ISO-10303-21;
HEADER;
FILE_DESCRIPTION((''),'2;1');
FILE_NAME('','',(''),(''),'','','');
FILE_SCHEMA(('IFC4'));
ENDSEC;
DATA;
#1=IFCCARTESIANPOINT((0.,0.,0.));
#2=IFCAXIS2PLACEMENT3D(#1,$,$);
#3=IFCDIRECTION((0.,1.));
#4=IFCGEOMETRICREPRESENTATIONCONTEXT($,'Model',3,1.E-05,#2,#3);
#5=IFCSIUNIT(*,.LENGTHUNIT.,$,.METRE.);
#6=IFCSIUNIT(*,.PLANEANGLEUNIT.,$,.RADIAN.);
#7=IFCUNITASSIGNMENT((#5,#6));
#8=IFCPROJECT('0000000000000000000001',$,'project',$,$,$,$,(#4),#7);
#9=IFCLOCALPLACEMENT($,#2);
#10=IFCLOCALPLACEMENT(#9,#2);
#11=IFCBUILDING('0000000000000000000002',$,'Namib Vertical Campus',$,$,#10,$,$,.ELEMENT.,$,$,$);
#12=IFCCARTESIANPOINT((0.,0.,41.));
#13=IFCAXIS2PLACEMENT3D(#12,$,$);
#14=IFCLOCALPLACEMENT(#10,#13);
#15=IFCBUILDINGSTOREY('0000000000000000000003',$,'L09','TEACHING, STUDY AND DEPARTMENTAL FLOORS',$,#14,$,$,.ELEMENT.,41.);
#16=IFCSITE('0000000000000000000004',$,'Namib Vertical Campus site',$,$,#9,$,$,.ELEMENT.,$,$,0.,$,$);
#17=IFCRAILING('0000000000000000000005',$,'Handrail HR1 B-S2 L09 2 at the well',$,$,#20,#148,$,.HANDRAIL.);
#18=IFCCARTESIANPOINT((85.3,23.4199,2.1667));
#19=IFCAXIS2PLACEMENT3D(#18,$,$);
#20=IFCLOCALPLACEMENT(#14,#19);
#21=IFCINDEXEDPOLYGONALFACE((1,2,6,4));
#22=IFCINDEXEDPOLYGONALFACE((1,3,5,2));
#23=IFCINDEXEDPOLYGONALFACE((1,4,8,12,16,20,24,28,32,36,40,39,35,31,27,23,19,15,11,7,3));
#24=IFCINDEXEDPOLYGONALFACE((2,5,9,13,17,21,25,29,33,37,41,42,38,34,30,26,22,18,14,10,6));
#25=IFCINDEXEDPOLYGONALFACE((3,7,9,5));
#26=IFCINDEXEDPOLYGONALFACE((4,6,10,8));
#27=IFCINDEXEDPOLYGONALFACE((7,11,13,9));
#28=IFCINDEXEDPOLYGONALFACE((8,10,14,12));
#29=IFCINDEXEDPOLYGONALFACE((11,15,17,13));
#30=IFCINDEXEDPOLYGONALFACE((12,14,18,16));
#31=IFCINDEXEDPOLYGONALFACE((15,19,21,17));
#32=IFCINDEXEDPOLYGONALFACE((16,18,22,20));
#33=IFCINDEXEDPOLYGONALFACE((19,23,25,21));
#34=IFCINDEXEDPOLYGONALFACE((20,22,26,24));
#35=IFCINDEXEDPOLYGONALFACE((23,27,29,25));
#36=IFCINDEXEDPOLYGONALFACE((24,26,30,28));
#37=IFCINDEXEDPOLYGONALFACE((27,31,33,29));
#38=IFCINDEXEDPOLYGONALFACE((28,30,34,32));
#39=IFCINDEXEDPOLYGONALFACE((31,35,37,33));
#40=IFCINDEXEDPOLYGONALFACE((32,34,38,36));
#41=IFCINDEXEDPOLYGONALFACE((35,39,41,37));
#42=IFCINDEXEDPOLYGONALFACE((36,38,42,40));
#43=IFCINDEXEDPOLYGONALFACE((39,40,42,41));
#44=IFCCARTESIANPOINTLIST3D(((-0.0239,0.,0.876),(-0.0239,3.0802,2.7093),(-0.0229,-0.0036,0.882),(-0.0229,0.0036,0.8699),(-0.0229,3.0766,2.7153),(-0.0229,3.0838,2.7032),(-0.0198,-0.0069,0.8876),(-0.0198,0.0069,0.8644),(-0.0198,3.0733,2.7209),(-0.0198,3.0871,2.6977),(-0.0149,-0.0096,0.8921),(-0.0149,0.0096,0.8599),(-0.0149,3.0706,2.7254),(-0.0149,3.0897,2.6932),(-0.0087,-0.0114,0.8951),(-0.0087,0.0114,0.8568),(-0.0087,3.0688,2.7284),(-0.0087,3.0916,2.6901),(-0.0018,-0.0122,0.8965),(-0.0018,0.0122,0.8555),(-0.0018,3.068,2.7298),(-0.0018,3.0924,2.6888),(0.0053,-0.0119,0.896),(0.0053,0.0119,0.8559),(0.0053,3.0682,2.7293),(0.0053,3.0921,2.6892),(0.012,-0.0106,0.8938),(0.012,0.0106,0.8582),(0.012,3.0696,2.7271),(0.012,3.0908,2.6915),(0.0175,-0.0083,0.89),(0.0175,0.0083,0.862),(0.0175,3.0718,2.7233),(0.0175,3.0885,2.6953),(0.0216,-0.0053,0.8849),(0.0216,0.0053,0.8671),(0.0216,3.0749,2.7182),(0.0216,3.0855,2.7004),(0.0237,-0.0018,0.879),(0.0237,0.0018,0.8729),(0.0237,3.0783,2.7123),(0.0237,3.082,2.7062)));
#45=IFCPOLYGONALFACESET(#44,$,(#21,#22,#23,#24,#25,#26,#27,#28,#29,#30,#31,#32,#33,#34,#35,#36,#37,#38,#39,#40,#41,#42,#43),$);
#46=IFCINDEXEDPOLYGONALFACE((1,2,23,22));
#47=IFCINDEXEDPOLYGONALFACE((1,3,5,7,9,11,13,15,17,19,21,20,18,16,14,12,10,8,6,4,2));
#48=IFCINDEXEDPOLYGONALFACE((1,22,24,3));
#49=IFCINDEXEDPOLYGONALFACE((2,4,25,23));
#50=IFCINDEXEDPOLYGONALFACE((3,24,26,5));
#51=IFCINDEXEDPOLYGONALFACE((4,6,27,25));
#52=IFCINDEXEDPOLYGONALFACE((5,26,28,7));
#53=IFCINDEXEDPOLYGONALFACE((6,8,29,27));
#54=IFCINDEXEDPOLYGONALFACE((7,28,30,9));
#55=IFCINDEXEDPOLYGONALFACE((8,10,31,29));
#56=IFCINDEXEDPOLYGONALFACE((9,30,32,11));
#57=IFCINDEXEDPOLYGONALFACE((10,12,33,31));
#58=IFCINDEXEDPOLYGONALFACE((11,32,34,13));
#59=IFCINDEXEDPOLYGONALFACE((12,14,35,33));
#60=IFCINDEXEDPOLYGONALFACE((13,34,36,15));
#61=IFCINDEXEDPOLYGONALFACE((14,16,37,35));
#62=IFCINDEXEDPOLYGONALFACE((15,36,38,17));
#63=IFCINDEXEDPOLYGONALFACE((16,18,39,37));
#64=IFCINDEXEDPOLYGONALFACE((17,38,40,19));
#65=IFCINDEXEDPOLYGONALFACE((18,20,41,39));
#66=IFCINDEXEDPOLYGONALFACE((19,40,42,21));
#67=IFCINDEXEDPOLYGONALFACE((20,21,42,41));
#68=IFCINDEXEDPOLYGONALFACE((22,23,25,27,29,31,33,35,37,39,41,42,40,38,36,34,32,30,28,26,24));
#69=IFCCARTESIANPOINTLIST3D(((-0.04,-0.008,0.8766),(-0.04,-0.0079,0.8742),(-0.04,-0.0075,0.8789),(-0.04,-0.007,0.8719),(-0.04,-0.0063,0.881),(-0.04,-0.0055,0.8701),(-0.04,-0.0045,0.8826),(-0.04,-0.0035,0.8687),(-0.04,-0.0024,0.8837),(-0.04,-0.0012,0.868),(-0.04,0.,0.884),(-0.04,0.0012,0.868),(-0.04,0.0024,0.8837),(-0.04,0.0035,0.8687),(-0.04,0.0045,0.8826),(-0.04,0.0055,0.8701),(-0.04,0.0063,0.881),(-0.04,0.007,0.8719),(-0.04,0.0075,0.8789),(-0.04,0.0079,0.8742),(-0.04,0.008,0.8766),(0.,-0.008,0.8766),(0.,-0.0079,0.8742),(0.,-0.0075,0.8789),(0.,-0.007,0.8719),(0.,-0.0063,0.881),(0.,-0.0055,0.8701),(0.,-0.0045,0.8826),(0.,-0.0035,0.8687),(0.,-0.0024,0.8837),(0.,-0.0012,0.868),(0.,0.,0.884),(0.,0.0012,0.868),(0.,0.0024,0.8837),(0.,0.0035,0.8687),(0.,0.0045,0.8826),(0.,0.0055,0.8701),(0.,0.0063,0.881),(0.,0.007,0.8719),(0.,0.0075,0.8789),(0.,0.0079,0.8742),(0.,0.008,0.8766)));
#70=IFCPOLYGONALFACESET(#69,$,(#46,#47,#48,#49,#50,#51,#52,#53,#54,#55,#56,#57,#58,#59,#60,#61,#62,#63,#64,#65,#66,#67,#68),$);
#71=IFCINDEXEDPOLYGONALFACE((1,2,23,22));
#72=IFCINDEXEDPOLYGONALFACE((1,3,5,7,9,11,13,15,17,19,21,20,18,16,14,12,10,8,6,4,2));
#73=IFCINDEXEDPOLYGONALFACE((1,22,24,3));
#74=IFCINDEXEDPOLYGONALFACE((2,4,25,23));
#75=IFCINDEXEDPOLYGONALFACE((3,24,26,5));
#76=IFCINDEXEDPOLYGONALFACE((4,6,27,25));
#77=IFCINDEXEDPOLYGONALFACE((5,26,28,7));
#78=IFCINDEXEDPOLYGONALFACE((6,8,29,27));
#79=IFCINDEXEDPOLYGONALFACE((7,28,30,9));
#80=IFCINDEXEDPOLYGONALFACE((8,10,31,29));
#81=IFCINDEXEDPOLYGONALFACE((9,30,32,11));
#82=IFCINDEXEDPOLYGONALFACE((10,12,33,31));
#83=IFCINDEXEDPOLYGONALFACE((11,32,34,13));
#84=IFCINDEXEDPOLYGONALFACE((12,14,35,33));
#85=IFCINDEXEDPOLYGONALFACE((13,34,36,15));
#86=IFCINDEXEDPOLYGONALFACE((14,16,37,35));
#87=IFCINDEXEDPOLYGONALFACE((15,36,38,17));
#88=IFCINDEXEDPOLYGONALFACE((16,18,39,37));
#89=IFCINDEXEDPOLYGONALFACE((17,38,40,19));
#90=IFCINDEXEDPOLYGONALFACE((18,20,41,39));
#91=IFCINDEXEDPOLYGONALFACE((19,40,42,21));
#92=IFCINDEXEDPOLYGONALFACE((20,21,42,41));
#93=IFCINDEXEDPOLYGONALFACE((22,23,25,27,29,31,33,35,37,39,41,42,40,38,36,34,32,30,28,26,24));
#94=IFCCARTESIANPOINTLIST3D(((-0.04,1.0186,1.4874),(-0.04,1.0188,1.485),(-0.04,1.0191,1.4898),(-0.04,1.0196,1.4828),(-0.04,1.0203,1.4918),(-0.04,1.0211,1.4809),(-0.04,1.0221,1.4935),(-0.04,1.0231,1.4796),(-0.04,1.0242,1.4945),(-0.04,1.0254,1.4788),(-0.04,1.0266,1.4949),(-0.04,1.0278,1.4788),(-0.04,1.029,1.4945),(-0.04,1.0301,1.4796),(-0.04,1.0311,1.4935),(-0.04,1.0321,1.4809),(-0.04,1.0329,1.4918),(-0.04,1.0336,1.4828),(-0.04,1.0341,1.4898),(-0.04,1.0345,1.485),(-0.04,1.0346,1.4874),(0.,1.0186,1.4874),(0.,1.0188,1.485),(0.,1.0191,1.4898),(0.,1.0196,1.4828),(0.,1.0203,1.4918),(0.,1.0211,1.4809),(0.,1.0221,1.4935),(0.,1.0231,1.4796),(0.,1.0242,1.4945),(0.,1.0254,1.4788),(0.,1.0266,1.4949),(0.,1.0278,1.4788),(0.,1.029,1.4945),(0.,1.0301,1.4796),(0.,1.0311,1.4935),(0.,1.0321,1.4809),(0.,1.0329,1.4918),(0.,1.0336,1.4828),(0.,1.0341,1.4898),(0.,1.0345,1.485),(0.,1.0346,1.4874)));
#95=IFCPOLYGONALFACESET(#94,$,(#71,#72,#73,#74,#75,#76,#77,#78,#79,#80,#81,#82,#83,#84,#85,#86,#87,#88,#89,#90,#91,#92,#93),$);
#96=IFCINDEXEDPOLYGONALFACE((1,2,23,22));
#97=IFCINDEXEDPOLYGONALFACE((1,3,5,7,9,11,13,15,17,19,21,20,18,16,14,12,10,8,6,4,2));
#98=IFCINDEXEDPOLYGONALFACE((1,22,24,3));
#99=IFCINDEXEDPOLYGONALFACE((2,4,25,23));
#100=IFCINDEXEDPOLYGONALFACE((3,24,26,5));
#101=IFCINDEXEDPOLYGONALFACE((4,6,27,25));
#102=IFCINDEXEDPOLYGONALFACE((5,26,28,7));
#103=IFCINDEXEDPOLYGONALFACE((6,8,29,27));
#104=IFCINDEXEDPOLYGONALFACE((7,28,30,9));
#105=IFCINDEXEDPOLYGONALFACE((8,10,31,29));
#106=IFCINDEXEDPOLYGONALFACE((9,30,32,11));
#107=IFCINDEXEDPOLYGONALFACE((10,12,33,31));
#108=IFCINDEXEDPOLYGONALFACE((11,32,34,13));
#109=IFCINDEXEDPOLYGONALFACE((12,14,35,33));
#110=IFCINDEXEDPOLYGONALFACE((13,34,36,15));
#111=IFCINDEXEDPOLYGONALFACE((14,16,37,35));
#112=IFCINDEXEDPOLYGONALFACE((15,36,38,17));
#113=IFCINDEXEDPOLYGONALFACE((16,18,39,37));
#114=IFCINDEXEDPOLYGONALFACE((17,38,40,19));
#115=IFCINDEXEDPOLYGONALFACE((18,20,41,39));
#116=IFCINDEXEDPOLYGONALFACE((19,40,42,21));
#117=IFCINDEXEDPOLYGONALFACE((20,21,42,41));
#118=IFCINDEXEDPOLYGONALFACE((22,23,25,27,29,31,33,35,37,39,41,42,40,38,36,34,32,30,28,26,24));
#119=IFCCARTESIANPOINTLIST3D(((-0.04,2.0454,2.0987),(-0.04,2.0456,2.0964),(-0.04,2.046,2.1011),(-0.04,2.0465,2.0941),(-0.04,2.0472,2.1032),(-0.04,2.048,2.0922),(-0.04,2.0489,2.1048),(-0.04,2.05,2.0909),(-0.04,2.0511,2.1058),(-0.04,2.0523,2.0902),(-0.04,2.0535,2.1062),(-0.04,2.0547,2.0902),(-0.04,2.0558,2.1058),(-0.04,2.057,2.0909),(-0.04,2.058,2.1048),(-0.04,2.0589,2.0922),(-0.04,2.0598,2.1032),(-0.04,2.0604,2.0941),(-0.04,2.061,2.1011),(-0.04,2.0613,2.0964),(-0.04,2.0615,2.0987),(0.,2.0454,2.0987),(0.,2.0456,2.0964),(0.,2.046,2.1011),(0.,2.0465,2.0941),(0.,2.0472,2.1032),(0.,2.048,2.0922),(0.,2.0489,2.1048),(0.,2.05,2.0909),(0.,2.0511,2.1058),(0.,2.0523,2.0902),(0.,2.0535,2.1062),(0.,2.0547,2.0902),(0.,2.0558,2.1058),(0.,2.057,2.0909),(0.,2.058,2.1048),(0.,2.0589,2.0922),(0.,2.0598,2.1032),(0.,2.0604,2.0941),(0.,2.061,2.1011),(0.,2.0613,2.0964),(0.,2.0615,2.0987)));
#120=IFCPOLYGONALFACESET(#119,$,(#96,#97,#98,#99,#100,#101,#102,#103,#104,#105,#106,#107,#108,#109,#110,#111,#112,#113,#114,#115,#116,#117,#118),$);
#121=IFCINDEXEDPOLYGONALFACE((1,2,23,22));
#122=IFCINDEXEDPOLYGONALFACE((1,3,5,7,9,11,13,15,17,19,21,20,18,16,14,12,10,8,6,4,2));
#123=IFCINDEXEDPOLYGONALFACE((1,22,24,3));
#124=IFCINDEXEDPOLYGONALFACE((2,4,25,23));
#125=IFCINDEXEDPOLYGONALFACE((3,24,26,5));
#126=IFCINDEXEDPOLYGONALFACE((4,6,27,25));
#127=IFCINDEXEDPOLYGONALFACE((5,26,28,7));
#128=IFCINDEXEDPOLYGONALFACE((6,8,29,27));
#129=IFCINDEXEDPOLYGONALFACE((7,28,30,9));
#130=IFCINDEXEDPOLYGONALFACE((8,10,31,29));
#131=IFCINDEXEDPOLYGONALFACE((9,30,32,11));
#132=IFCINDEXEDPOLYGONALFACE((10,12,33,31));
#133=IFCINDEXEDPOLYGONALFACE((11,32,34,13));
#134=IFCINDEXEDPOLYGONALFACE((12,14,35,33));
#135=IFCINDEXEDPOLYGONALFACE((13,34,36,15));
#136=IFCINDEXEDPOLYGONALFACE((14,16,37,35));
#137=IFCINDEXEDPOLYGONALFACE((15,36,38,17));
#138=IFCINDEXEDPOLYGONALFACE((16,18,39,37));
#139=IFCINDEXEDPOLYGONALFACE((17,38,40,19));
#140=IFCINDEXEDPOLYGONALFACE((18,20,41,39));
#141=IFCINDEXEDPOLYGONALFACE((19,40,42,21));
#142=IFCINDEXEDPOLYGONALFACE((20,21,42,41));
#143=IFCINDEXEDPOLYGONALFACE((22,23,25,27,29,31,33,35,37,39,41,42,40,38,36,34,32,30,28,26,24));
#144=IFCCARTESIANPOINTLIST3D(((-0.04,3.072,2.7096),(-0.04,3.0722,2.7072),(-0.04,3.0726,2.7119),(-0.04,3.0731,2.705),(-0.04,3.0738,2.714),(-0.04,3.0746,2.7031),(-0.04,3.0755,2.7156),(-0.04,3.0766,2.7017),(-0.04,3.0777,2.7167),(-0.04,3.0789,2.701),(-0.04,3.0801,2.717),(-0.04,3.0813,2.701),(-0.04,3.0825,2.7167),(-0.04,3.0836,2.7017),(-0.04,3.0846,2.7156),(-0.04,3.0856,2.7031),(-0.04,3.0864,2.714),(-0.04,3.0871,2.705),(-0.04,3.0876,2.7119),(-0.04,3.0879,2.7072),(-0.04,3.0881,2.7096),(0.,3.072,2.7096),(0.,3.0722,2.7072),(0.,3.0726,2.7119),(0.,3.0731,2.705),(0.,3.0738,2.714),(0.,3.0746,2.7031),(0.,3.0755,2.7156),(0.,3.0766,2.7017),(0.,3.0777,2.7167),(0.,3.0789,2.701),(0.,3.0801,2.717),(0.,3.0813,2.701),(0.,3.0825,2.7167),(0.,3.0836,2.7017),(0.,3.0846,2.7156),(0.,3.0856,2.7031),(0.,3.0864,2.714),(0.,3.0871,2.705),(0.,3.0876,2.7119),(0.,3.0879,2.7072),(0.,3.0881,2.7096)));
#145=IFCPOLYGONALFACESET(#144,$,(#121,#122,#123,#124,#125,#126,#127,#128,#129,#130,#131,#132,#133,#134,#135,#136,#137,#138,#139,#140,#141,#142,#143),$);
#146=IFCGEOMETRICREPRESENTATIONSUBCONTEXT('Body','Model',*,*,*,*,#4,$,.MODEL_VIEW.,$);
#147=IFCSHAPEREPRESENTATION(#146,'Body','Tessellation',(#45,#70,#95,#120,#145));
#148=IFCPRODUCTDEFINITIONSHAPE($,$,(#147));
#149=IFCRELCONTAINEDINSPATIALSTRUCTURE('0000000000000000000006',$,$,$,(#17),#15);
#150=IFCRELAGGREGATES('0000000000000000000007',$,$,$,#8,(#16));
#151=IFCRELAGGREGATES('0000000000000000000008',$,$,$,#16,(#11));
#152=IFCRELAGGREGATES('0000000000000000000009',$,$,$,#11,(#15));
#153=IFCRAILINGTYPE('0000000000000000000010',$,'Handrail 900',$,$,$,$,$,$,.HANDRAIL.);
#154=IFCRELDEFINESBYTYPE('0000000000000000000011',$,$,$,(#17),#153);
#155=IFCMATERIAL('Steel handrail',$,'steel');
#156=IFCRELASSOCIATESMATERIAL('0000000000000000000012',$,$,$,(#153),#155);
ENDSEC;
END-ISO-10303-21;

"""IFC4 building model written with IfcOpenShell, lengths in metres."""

from ifc_helpers import new_model, si_unit, direction, frame, origin, origin_2d, place, context, subcontext, project, spatial, circle, extrude, material, type_object, element, save


model = new_model("IFC4")

# Units and contexts
model_context = context("Model", 3, precision=1e-05, world=origin(), true_north=direction((0.0, 1.0)))
body_context = subcontext(model_context, "Body", "Model", "MODEL_VIEW")
ifc_project = project(units=[si_unit("LENGTHUNIT", "METRE"), si_unit("PLANEANGLEUNIT", "RADIAN")], contexts=[model_context])

# Site, building, storey
site_placement = place(None, origin())
site = spatial("IfcSite", under=ifc_project, at=site_placement, Name="Namib Vertical Campus site", CompositionType="ELEMENT", RefElevation=0.0)
building_placement = place(site_placement, origin())
building = spatial("IfcBuilding", under=site, at=building_placement, Name="Namib Vertical Campus", CompositionType="ELEMENT")
storey_placement = place(building_placement, frame((0.0, 0.0, 41.0)))
storey = spatial("IfcBuildingStorey", under=building, at=storey_placement, Name="L09", Description="TEACHING, STUDY AND DEPARTMENTAL FLOORS", CompositionType="ELEMENT", Elevation=41.0)

# Railing
ifc_material_1 = material(Name="Steel handrail", Category="steel")
railing_type_1 = type_object("IfcRailingType", Name="Handrail 900", PredefinedType="HANDRAIL", material=ifc_material_1)
railing_1_placement = place(storey_placement, frame((85.3, 23.4199, 2.1667)))
element("IfcRailing", 1, at=railing_1_placement, inside=storey, type_object=railing_type_1, Name="Handrail HR1 B-S2 L09 2 at the well", PredefinedType="HANDRAIL", context=body_context, shape_type="SweptSolid", body=[
    extrude(circle(Radius=0.0239, at=origin_2d()), frame((0.0, 0.0, 0.876), z_axis=(0.0, 0.859309, 0.511458), x_axis=(-1.0, 0.0, 0.0)), (0.0, 0.0, 1.0), 3.5845),
    extrude(circle(Radius=0.0081, at=origin_2d()), frame((0.0, 0.0, 0.876), z_axis=(-1.0, 0.0, 0.0), x_axis=(0.0, 0.0, 1.0)), (0.0, 0.0, 1.0), 0.04),
    extrude(circle(Radius=0.0081, at=origin_2d()), frame((0.0, 1.0266, 1.4868), z_axis=(-1.0, 0.0, 0.0), x_axis=(0.0, 0.0, 1.0)), (0.0, 0.0, 1.0), 0.04),
    extrude(circle(Radius=0.0081, at=origin_2d()), frame((0.0, 2.0535, 2.0981), z_axis=(-1.0, 0.0, 0.0), x_axis=(0.0, 0.0, 1.0)), (0.0, 0.0, 1.0), 0.04),
    extrude(circle(Radius=0.0081, at=origin_2d()), frame((0.0, 3.0801, 2.709), z_axis=(-1.0, 0.0, 0.0), x_axis=(0.0, 0.0, 1.0)), (0.0, 0.0, 1.0), 0.04),
])

save(model, "model.ifc")
